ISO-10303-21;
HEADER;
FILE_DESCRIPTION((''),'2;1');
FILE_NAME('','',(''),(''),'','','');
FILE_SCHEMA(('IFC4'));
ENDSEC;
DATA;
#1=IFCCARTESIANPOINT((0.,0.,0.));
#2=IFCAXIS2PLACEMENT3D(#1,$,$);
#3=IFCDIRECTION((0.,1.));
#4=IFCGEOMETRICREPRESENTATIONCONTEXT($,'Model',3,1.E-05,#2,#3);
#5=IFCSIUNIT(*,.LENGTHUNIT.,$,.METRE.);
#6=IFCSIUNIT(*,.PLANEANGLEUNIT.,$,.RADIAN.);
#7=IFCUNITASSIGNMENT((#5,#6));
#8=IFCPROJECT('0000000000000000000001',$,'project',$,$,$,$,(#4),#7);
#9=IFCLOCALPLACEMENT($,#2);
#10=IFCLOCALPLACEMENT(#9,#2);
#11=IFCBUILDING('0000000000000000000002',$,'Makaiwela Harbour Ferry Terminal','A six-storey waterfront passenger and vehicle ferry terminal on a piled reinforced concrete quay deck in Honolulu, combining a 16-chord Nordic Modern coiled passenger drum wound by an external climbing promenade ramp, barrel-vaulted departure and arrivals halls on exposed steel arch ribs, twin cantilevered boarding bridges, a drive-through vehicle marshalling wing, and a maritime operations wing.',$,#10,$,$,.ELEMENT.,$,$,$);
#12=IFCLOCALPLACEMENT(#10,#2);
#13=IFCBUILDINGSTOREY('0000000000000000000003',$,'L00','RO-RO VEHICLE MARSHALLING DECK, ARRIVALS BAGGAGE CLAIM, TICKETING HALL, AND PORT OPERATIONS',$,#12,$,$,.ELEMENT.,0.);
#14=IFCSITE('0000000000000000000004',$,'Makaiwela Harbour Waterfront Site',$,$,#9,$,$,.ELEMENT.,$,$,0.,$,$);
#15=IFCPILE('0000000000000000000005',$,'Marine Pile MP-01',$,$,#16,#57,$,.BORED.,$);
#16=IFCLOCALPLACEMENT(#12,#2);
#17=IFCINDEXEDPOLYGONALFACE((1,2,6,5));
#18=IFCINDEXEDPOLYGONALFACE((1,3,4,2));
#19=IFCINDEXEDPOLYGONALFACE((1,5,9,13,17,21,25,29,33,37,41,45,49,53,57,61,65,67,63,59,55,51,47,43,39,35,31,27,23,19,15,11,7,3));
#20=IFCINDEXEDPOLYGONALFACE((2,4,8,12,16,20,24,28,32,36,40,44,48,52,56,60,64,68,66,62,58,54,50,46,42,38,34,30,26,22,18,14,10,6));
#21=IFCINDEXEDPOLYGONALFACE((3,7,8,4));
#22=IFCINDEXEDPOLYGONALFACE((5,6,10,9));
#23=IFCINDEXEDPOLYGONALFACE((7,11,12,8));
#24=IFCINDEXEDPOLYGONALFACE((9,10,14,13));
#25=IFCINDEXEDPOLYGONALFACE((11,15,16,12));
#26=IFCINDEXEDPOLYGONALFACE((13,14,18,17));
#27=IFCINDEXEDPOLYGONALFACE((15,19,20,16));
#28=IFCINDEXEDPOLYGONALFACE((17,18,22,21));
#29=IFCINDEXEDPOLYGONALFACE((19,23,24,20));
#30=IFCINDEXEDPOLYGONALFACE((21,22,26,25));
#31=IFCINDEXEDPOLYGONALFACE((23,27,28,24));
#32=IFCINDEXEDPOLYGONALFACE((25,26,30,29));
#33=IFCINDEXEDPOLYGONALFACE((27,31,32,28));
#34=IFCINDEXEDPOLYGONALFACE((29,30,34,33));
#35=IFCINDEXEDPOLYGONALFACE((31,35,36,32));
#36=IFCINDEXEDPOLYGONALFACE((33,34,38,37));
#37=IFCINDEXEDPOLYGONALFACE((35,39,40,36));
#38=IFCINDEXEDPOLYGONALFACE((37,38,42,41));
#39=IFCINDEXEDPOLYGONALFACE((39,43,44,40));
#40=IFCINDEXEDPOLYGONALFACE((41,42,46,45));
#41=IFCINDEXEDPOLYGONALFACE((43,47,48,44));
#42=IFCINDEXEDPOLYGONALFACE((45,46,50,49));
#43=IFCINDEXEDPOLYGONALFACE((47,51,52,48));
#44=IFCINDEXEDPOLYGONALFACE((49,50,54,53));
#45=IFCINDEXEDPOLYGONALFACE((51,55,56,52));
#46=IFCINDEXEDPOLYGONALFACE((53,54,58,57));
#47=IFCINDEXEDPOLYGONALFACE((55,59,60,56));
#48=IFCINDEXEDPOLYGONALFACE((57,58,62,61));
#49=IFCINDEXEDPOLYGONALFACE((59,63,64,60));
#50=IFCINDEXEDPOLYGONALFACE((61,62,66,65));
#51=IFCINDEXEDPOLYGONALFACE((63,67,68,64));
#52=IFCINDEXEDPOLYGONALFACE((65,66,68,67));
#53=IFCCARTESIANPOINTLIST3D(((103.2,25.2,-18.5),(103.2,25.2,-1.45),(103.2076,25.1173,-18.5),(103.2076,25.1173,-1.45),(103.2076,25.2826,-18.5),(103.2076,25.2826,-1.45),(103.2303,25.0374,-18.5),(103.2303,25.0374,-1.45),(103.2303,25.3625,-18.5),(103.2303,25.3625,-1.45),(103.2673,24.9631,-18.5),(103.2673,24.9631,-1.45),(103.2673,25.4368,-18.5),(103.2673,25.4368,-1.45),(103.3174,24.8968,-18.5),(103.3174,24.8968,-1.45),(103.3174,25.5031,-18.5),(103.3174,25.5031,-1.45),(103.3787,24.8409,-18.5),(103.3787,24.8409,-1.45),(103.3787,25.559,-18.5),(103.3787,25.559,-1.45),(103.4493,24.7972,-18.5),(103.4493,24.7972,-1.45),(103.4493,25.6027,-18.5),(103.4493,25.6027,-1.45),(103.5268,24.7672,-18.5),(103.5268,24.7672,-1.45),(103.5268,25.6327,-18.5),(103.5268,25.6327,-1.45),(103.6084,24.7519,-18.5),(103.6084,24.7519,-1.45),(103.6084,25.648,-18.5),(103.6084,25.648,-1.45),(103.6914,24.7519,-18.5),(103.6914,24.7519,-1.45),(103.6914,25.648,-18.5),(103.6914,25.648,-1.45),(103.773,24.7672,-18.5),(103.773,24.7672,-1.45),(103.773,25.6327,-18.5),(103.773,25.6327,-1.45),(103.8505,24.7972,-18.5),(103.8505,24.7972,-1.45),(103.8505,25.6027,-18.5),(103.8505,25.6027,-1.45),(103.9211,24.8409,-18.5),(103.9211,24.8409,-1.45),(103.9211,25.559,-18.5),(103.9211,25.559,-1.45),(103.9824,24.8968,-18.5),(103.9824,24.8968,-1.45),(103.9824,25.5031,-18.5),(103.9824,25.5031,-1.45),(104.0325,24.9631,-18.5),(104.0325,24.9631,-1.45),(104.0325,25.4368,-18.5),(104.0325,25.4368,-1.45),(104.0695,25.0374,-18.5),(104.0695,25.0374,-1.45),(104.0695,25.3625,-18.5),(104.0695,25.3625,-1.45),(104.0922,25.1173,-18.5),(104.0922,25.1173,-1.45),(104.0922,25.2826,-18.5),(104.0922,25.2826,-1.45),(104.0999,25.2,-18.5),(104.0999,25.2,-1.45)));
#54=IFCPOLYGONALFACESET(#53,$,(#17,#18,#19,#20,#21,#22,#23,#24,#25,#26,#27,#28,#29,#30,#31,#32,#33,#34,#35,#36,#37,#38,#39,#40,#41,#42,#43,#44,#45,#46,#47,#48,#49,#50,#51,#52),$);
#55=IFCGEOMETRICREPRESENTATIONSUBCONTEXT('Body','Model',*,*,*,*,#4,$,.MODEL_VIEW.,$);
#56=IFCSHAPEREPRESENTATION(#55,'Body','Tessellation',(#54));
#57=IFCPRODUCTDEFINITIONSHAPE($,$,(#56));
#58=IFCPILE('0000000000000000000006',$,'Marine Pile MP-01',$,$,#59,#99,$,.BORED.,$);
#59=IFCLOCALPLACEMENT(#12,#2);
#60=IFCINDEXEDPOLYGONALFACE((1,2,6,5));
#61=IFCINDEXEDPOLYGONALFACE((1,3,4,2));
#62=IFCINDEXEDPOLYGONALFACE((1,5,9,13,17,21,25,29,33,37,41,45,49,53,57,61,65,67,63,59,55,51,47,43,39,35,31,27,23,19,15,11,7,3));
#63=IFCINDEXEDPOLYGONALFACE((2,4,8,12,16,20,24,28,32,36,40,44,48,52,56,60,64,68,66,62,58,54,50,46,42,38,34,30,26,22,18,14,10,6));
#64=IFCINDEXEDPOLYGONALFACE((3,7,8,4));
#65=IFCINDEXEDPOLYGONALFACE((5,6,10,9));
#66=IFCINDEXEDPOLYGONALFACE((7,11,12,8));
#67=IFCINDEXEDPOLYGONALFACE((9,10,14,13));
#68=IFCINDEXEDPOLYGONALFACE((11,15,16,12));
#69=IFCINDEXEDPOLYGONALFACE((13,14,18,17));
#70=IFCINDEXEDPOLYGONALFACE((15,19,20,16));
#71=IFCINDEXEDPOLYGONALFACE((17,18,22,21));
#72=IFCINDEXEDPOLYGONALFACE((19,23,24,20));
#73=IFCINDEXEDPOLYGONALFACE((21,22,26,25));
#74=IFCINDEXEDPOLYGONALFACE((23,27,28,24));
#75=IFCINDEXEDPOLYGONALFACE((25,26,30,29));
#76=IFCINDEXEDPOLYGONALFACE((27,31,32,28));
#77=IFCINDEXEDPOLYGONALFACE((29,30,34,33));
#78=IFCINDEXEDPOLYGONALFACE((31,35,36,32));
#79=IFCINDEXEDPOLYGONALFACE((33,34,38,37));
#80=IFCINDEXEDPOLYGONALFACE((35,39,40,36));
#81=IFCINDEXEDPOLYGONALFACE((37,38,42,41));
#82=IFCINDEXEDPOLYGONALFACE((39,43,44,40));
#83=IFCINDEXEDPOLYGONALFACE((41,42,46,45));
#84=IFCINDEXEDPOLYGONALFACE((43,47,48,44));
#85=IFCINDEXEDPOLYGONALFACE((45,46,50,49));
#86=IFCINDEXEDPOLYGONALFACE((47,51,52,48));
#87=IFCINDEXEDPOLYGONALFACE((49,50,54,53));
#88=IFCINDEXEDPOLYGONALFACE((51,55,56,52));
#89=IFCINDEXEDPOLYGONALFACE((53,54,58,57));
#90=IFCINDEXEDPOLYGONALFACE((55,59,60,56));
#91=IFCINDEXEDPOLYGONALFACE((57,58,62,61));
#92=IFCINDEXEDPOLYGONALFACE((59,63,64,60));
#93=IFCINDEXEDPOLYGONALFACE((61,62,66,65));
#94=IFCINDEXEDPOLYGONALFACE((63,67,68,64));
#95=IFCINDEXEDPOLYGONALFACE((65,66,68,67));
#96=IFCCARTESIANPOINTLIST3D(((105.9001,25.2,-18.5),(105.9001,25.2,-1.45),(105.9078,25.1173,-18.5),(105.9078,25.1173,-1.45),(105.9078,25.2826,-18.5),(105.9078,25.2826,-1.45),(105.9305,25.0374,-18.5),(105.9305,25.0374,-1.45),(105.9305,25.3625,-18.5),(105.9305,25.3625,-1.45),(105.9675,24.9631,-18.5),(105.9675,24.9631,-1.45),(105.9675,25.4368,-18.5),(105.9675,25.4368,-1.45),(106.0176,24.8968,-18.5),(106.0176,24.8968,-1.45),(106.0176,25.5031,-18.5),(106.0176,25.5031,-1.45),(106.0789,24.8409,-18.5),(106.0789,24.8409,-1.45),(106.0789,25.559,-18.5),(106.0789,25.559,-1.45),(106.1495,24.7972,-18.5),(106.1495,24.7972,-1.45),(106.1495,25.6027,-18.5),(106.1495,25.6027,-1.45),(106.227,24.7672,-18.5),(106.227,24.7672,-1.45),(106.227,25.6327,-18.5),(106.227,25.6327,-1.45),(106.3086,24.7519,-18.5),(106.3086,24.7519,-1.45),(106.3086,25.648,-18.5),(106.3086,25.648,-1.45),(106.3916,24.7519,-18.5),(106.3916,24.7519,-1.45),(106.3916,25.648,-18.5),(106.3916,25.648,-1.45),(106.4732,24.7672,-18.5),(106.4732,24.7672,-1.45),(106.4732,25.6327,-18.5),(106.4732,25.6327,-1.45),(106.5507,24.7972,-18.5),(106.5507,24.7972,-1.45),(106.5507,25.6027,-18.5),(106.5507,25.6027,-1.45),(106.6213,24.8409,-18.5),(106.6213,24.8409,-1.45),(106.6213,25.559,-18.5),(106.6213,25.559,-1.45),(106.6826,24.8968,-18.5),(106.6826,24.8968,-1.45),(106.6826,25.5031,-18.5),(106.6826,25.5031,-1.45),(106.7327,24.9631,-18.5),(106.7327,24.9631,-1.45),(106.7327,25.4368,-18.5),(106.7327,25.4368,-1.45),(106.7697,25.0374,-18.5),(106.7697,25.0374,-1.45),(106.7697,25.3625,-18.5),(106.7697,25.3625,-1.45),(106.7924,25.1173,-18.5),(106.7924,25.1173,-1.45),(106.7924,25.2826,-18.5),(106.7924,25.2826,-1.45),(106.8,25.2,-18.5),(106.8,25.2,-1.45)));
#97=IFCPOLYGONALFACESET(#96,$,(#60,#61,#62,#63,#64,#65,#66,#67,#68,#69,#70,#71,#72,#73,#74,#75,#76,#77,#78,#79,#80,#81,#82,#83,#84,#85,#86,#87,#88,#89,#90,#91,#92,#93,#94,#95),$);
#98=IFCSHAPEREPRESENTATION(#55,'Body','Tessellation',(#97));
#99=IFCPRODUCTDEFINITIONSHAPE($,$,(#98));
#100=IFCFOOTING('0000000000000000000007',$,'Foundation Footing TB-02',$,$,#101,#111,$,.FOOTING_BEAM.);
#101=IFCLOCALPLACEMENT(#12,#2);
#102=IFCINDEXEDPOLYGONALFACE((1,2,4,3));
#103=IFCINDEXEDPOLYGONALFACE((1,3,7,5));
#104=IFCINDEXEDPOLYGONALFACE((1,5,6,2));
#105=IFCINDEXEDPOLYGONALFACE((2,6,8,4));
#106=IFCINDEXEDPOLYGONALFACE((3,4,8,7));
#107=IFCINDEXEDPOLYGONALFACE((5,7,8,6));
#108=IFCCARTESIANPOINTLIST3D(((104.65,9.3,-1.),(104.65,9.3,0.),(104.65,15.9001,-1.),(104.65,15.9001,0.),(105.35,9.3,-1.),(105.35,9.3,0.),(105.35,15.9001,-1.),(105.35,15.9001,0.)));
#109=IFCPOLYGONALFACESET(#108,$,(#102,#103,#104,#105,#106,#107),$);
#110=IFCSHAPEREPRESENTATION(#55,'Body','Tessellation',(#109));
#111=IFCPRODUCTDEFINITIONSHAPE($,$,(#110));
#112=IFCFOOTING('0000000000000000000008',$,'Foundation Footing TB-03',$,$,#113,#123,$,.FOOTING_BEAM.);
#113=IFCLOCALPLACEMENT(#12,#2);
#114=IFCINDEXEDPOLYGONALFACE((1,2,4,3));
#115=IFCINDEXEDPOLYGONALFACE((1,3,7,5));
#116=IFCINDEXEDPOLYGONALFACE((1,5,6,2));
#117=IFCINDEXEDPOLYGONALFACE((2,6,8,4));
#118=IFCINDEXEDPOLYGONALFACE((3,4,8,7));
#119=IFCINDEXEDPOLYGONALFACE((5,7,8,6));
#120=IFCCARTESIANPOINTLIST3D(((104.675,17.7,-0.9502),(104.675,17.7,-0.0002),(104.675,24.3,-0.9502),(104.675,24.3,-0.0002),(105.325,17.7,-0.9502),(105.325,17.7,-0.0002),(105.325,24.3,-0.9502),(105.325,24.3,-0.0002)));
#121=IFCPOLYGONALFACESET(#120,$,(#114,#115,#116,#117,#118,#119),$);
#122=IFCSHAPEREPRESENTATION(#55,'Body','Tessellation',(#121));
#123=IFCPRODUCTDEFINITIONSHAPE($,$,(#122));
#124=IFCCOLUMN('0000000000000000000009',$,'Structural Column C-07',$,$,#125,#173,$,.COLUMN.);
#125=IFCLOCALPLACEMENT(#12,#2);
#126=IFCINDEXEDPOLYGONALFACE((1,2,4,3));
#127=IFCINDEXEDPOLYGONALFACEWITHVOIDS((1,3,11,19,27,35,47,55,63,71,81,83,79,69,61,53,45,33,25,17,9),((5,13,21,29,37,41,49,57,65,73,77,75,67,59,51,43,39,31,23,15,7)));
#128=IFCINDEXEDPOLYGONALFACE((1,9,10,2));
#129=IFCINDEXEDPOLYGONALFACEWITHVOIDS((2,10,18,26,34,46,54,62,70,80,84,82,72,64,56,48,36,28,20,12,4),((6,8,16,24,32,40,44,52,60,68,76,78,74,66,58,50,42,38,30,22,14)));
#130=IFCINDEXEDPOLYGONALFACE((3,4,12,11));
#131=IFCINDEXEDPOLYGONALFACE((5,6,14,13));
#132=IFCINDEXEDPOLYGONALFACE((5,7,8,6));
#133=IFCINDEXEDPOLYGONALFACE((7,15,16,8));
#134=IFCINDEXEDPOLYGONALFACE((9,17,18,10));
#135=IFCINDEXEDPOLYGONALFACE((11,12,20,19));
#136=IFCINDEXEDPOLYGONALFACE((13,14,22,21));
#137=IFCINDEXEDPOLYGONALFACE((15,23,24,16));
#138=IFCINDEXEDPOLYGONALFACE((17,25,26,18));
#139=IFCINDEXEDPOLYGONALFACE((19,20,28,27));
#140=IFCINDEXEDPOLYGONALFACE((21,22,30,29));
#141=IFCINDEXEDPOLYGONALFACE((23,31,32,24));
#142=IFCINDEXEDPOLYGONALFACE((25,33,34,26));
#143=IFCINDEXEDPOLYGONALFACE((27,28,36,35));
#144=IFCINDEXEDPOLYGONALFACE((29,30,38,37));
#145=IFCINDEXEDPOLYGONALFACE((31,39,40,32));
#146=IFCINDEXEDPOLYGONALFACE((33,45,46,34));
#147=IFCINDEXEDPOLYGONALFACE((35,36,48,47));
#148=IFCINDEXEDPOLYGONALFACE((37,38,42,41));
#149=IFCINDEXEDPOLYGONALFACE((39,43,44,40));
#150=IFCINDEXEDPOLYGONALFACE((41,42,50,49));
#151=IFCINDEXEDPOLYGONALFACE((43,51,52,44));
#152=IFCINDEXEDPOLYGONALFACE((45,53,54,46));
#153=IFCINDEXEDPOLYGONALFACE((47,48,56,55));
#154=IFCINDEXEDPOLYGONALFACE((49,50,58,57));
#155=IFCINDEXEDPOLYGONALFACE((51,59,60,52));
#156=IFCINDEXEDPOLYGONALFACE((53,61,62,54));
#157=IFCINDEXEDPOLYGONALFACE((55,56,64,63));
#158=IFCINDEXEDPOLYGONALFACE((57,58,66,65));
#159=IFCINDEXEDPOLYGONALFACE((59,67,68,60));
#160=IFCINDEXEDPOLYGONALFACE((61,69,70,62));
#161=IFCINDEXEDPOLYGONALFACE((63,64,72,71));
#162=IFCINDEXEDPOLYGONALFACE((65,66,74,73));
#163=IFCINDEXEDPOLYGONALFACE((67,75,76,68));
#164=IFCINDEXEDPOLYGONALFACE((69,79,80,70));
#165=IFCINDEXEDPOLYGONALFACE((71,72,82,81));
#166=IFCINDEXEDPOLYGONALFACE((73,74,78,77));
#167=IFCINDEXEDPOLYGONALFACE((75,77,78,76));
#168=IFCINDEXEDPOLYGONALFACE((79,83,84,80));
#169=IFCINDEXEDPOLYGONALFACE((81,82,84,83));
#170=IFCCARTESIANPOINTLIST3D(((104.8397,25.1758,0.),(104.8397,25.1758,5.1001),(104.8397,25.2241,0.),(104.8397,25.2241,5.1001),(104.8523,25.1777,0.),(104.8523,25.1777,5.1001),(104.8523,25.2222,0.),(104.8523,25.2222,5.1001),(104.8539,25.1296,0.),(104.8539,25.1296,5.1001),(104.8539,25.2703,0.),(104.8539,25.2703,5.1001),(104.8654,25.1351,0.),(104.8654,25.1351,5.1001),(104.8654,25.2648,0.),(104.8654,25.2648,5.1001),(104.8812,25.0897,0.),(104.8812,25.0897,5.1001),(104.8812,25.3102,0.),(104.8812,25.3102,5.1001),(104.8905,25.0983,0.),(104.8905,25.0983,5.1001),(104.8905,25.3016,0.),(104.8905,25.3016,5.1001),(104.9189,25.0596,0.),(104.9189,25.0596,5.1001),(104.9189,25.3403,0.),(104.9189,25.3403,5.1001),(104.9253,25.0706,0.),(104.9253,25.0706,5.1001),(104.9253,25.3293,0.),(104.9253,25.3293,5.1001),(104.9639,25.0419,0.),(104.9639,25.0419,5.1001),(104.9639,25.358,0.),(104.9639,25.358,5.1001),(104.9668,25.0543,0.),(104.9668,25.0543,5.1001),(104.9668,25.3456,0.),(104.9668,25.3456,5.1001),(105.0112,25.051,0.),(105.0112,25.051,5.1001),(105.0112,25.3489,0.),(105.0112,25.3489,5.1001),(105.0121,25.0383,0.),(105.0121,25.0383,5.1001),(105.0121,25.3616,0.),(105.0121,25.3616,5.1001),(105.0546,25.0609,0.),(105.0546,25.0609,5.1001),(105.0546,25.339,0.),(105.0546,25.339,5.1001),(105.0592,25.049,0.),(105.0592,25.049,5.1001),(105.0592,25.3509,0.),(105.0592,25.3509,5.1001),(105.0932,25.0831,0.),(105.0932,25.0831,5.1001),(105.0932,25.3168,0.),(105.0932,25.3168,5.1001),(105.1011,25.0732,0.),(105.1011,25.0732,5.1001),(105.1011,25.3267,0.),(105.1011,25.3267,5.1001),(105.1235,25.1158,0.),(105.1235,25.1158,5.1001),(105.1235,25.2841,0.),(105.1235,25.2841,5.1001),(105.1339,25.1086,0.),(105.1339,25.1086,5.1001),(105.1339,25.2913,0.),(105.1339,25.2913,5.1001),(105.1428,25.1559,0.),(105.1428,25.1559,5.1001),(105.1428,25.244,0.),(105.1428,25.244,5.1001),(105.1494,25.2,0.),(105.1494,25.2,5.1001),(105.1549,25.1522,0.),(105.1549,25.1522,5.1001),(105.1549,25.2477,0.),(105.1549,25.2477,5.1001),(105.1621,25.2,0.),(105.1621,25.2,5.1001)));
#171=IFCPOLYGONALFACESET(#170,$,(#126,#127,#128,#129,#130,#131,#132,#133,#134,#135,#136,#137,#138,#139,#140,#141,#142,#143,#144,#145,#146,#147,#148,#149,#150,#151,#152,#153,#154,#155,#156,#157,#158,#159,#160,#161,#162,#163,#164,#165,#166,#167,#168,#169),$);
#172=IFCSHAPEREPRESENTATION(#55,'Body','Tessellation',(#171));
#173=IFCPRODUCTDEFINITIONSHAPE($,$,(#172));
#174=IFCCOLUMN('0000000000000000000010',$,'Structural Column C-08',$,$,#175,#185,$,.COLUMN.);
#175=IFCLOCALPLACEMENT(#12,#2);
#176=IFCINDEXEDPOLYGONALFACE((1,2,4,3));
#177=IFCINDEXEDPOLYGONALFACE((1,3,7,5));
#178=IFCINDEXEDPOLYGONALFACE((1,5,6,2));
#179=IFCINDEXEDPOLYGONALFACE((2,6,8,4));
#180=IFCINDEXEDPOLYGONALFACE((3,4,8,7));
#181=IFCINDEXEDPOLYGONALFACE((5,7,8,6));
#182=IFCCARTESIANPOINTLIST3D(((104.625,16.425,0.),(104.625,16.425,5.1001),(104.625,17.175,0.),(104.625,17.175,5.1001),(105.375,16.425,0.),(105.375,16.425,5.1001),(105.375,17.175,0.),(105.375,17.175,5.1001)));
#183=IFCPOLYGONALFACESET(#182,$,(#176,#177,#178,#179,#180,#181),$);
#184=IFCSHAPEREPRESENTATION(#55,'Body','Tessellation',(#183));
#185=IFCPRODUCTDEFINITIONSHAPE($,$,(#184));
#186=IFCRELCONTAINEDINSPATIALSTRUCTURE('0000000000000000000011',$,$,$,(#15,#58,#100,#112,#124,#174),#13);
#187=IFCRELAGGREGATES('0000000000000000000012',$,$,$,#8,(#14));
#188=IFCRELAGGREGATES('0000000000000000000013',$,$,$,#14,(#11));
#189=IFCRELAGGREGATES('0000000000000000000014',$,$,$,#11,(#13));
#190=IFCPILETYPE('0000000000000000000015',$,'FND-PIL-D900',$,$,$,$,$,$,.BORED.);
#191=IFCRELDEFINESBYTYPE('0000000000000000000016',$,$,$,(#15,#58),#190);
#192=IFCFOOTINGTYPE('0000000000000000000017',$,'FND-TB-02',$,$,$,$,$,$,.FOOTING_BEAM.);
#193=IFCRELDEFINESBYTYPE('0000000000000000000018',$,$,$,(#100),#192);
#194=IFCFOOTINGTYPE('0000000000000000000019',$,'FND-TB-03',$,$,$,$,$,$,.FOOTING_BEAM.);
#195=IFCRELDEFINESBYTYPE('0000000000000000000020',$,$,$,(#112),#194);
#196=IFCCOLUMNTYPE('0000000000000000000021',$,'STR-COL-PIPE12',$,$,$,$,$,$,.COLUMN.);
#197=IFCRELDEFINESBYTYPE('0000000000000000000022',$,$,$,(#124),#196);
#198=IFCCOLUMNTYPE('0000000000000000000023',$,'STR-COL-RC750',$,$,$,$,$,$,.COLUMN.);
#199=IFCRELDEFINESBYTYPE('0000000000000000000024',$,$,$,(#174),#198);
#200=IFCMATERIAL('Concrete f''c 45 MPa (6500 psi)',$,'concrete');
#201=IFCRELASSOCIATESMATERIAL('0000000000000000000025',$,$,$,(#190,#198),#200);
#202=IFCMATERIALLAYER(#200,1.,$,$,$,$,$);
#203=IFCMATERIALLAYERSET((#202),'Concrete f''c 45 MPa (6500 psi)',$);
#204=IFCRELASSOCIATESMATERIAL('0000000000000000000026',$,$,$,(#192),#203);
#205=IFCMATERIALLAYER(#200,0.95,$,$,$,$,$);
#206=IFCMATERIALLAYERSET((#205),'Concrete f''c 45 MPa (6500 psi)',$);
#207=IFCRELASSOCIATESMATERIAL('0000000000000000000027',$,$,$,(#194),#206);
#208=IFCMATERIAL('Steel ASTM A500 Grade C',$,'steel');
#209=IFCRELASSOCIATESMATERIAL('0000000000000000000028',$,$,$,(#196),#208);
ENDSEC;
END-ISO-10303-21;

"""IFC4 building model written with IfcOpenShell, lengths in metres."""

from ifc_helpers import new_model, si_unit, direction, frame, origin, origin_2d, place, context, subcontext, project, spatial, rectangle, circle, hollow_circle, extrude, material, layer, layer_set, material_profile, profile_set, type_object, element, save


model = new_model("IFC4")

# Units and contexts
model_context = context("Model", 3, precision=1e-05, world=origin(), true_north=direction((0.0, 1.0)))
body_context = subcontext(model_context, "Body", "Model", "MODEL_VIEW")
ifc_project = project(units=[si_unit("LENGTHUNIT", "METRE"), si_unit("PLANEANGLEUNIT", "RADIAN")], contexts=[model_context])

# Site, building, storey
site_placement = place(None, origin())
site = spatial("IfcSite", under=ifc_project, at=site_placement, Name="Makaiwela Harbour Waterfront Site", CompositionType="ELEMENT", RefElevation=0.0)
building_placement = place(site_placement, origin())
building = spatial("IfcBuilding", under=site, at=building_placement, Name="Makaiwela Harbour Ferry Terminal", Description="A six-storey waterfront passenger and vehicle ferry terminal on a piled reinforced concrete quay deck in Honolulu, combining a 16-chord Nordic Modern coiled passenger drum wound by an external climbing promenade ramp, barrel-vaulted departure and arrivals halls on exposed steel arch ribs, twin cantilevered boarding bridges, a drive-through vehicle marshalling wing, and a maritime operations wing.", CompositionType="ELEMENT")
storey_placement = place(building_placement, origin())
storey = spatial("IfcBuildingStorey", under=building, at=storey_placement, Name="L00", Description="RO-RO VEHICLE MARSHALLING DECK, ARRIVALS BAGGAGE CLAIM, TICKETING HALL, AND PORT OPERATIONS", CompositionType="ELEMENT", Elevation=0.0)

# Shared definitions
ifc_material_1 = material(Name="Concrete f'c 45 MPa (6500 psi)", Category="concrete")

# Piles
ifc_material_profile_1 = material_profile(ifc_material_1, circle(Radius=0.45, at=origin_2d()), Name="PILE-D900")
ifc_profile_set_1 = profile_set([ifc_material_profile_1], Name="Concrete f'c 45 MPa (6500 psi)")
pile_type_1 = type_object("IfcPileType", Name="FND-PIL-D900", PredefinedType="BORED", material=ifc_profile_set_1)
for number, where, z_axis, x_axis, name in (
    (1, (103.6499, 25.2, -1.45), (0.0, 0.0, -1.0), (1.0, 0.0, 0.0), "Marine Pile MP-01"),
    (2, (106.3501, 25.2, -1.45), (0.0, 0.0, -1.0), (1.0, 0.0, 0.0), "Marine Pile MP-01"),
):
    element("IfcPile", number, at=place(storey_placement, frame(where, z_axis=z_axis, x_axis=x_axis)), inside=storey, type_object=pile_type_1, Name=name, PredefinedType="BORED", context=body_context, shape_type="SweptSolid", body=[
        extrude(circle(Radius=0.45, at=origin_2d()), origin(), (0.0, 0.0, 1.0), 17.05),
    ])

# Footings
ifc_layer_1 = layer(ifc_material_1, 1.0)
ifc_layer_set_1 = layer_set([ifc_layer_1], Name="Concrete f'c 45 MPa (6500 psi)")
footing_type_1 = type_object("IfcFootingType", Name="FND-TB-02", PredefinedType="FOOTING_BEAM", material=ifc_layer_set_1)
footing_1_placement = place(storey_placement, frame((105.0, 12.6001, -1.0), z_axis=(0.0, 0.0, 1.0), x_axis=(0.0, 1.0, 0.0)))
element("IfcFooting", 3, at=footing_1_placement, inside=storey, type_object=footing_type_1, Name="Foundation Footing TB-02", PredefinedType="FOOTING_BEAM", context=body_context, shape_type="SweptSolid", body=[
    extrude(rectangle(XDim=6.6001, YDim=0.7, at=origin_2d()), origin(), (0.0, 0.0, 1.0), 1.0),
])
ifc_layer_2 = layer(ifc_material_1, 0.95)
ifc_layer_set_2 = layer_set([ifc_layer_2], Name="Concrete f'c 45 MPa (6500 psi)")
footing_type_2 = type_object("IfcFootingType", Name="FND-TB-03", PredefinedType="FOOTING_BEAM", material=ifc_layer_set_2)
footing_2_placement = place(storey_placement, frame((105.0, 21.0, -0.9502), z_axis=(0.0, 0.0, 1.0), x_axis=(0.0, 1.0, 0.0)))
element("IfcFooting", 4, at=footing_2_placement, inside=storey, type_object=footing_type_2, Name="Foundation Footing TB-03", PredefinedType="FOOTING_BEAM", context=body_context, shape_type="SweptSolid", body=[
    extrude(rectangle(XDim=6.6001, YDim=0.6499, at=origin_2d()), origin(), (0.0, 0.0, 1.0), 0.95),
])

# Columns
ifc_material_2 = material(Name="Steel ASTM A500 Grade C", Category="steel")
ifc_material_profile_2 = material_profile(ifc_material_2, hollow_circle(Radius=0.1621, WallThickness=0.0127, at=origin_2d()), Name="PIPE12XS")
ifc_profile_set_2 = profile_set([ifc_material_profile_2], Name="Steel ASTM A500 Grade C")
column_type_1 = type_object("IfcColumnType", Name="STR-COL-PIPE12", PredefinedType="COLUMN", material=ifc_profile_set_2)
column_1_placement = place(storey_placement, frame((105.0, 25.2, 0.0), z_axis=(0.0, 0.0, 1.0), x_axis=(1.0, 0.0, 0.0)))
element("IfcColumn", 5, at=column_1_placement, inside=storey, type_object=column_type_1, Name="Structural Column C-07", PredefinedType="COLUMN", context=body_context, shape_type="SweptSolid", body=[
    extrude(hollow_circle(Radius=0.1621, WallThickness=0.0127, at=origin_2d()), origin(), (0.0, 0.0, 1.0), 5.1001),
])
ifc_material_profile_3 = material_profile(ifc_material_1, rectangle(XDim=0.75, YDim=0.75, at=origin_2d()), Name="RC-750X750")
ifc_profile_set_3 = profile_set([ifc_material_profile_3], Name="Concrete f'c 45 MPa (6500 psi)")
column_type_2 = type_object("IfcColumnType", Name="STR-COL-RC750", PredefinedType="COLUMN", material=ifc_profile_set_3)
column_2_placement = place(storey_placement, frame((105.0, 16.8, 0.0), z_axis=(0.0, 0.0, 1.0), x_axis=(1.0, 0.0, 0.0)))
element("IfcColumn", 6, at=column_2_placement, inside=storey, type_object=column_type_2, Name="Structural Column C-08", PredefinedType="COLUMN", context=body_context, shape_type="SweptSolid", body=[
    extrude(rectangle(XDim=0.75, YDim=0.75, at=origin_2d()), origin(), (0.0, 0.0, 1.0), 5.1001),
])

save(model, "model.ifc")
